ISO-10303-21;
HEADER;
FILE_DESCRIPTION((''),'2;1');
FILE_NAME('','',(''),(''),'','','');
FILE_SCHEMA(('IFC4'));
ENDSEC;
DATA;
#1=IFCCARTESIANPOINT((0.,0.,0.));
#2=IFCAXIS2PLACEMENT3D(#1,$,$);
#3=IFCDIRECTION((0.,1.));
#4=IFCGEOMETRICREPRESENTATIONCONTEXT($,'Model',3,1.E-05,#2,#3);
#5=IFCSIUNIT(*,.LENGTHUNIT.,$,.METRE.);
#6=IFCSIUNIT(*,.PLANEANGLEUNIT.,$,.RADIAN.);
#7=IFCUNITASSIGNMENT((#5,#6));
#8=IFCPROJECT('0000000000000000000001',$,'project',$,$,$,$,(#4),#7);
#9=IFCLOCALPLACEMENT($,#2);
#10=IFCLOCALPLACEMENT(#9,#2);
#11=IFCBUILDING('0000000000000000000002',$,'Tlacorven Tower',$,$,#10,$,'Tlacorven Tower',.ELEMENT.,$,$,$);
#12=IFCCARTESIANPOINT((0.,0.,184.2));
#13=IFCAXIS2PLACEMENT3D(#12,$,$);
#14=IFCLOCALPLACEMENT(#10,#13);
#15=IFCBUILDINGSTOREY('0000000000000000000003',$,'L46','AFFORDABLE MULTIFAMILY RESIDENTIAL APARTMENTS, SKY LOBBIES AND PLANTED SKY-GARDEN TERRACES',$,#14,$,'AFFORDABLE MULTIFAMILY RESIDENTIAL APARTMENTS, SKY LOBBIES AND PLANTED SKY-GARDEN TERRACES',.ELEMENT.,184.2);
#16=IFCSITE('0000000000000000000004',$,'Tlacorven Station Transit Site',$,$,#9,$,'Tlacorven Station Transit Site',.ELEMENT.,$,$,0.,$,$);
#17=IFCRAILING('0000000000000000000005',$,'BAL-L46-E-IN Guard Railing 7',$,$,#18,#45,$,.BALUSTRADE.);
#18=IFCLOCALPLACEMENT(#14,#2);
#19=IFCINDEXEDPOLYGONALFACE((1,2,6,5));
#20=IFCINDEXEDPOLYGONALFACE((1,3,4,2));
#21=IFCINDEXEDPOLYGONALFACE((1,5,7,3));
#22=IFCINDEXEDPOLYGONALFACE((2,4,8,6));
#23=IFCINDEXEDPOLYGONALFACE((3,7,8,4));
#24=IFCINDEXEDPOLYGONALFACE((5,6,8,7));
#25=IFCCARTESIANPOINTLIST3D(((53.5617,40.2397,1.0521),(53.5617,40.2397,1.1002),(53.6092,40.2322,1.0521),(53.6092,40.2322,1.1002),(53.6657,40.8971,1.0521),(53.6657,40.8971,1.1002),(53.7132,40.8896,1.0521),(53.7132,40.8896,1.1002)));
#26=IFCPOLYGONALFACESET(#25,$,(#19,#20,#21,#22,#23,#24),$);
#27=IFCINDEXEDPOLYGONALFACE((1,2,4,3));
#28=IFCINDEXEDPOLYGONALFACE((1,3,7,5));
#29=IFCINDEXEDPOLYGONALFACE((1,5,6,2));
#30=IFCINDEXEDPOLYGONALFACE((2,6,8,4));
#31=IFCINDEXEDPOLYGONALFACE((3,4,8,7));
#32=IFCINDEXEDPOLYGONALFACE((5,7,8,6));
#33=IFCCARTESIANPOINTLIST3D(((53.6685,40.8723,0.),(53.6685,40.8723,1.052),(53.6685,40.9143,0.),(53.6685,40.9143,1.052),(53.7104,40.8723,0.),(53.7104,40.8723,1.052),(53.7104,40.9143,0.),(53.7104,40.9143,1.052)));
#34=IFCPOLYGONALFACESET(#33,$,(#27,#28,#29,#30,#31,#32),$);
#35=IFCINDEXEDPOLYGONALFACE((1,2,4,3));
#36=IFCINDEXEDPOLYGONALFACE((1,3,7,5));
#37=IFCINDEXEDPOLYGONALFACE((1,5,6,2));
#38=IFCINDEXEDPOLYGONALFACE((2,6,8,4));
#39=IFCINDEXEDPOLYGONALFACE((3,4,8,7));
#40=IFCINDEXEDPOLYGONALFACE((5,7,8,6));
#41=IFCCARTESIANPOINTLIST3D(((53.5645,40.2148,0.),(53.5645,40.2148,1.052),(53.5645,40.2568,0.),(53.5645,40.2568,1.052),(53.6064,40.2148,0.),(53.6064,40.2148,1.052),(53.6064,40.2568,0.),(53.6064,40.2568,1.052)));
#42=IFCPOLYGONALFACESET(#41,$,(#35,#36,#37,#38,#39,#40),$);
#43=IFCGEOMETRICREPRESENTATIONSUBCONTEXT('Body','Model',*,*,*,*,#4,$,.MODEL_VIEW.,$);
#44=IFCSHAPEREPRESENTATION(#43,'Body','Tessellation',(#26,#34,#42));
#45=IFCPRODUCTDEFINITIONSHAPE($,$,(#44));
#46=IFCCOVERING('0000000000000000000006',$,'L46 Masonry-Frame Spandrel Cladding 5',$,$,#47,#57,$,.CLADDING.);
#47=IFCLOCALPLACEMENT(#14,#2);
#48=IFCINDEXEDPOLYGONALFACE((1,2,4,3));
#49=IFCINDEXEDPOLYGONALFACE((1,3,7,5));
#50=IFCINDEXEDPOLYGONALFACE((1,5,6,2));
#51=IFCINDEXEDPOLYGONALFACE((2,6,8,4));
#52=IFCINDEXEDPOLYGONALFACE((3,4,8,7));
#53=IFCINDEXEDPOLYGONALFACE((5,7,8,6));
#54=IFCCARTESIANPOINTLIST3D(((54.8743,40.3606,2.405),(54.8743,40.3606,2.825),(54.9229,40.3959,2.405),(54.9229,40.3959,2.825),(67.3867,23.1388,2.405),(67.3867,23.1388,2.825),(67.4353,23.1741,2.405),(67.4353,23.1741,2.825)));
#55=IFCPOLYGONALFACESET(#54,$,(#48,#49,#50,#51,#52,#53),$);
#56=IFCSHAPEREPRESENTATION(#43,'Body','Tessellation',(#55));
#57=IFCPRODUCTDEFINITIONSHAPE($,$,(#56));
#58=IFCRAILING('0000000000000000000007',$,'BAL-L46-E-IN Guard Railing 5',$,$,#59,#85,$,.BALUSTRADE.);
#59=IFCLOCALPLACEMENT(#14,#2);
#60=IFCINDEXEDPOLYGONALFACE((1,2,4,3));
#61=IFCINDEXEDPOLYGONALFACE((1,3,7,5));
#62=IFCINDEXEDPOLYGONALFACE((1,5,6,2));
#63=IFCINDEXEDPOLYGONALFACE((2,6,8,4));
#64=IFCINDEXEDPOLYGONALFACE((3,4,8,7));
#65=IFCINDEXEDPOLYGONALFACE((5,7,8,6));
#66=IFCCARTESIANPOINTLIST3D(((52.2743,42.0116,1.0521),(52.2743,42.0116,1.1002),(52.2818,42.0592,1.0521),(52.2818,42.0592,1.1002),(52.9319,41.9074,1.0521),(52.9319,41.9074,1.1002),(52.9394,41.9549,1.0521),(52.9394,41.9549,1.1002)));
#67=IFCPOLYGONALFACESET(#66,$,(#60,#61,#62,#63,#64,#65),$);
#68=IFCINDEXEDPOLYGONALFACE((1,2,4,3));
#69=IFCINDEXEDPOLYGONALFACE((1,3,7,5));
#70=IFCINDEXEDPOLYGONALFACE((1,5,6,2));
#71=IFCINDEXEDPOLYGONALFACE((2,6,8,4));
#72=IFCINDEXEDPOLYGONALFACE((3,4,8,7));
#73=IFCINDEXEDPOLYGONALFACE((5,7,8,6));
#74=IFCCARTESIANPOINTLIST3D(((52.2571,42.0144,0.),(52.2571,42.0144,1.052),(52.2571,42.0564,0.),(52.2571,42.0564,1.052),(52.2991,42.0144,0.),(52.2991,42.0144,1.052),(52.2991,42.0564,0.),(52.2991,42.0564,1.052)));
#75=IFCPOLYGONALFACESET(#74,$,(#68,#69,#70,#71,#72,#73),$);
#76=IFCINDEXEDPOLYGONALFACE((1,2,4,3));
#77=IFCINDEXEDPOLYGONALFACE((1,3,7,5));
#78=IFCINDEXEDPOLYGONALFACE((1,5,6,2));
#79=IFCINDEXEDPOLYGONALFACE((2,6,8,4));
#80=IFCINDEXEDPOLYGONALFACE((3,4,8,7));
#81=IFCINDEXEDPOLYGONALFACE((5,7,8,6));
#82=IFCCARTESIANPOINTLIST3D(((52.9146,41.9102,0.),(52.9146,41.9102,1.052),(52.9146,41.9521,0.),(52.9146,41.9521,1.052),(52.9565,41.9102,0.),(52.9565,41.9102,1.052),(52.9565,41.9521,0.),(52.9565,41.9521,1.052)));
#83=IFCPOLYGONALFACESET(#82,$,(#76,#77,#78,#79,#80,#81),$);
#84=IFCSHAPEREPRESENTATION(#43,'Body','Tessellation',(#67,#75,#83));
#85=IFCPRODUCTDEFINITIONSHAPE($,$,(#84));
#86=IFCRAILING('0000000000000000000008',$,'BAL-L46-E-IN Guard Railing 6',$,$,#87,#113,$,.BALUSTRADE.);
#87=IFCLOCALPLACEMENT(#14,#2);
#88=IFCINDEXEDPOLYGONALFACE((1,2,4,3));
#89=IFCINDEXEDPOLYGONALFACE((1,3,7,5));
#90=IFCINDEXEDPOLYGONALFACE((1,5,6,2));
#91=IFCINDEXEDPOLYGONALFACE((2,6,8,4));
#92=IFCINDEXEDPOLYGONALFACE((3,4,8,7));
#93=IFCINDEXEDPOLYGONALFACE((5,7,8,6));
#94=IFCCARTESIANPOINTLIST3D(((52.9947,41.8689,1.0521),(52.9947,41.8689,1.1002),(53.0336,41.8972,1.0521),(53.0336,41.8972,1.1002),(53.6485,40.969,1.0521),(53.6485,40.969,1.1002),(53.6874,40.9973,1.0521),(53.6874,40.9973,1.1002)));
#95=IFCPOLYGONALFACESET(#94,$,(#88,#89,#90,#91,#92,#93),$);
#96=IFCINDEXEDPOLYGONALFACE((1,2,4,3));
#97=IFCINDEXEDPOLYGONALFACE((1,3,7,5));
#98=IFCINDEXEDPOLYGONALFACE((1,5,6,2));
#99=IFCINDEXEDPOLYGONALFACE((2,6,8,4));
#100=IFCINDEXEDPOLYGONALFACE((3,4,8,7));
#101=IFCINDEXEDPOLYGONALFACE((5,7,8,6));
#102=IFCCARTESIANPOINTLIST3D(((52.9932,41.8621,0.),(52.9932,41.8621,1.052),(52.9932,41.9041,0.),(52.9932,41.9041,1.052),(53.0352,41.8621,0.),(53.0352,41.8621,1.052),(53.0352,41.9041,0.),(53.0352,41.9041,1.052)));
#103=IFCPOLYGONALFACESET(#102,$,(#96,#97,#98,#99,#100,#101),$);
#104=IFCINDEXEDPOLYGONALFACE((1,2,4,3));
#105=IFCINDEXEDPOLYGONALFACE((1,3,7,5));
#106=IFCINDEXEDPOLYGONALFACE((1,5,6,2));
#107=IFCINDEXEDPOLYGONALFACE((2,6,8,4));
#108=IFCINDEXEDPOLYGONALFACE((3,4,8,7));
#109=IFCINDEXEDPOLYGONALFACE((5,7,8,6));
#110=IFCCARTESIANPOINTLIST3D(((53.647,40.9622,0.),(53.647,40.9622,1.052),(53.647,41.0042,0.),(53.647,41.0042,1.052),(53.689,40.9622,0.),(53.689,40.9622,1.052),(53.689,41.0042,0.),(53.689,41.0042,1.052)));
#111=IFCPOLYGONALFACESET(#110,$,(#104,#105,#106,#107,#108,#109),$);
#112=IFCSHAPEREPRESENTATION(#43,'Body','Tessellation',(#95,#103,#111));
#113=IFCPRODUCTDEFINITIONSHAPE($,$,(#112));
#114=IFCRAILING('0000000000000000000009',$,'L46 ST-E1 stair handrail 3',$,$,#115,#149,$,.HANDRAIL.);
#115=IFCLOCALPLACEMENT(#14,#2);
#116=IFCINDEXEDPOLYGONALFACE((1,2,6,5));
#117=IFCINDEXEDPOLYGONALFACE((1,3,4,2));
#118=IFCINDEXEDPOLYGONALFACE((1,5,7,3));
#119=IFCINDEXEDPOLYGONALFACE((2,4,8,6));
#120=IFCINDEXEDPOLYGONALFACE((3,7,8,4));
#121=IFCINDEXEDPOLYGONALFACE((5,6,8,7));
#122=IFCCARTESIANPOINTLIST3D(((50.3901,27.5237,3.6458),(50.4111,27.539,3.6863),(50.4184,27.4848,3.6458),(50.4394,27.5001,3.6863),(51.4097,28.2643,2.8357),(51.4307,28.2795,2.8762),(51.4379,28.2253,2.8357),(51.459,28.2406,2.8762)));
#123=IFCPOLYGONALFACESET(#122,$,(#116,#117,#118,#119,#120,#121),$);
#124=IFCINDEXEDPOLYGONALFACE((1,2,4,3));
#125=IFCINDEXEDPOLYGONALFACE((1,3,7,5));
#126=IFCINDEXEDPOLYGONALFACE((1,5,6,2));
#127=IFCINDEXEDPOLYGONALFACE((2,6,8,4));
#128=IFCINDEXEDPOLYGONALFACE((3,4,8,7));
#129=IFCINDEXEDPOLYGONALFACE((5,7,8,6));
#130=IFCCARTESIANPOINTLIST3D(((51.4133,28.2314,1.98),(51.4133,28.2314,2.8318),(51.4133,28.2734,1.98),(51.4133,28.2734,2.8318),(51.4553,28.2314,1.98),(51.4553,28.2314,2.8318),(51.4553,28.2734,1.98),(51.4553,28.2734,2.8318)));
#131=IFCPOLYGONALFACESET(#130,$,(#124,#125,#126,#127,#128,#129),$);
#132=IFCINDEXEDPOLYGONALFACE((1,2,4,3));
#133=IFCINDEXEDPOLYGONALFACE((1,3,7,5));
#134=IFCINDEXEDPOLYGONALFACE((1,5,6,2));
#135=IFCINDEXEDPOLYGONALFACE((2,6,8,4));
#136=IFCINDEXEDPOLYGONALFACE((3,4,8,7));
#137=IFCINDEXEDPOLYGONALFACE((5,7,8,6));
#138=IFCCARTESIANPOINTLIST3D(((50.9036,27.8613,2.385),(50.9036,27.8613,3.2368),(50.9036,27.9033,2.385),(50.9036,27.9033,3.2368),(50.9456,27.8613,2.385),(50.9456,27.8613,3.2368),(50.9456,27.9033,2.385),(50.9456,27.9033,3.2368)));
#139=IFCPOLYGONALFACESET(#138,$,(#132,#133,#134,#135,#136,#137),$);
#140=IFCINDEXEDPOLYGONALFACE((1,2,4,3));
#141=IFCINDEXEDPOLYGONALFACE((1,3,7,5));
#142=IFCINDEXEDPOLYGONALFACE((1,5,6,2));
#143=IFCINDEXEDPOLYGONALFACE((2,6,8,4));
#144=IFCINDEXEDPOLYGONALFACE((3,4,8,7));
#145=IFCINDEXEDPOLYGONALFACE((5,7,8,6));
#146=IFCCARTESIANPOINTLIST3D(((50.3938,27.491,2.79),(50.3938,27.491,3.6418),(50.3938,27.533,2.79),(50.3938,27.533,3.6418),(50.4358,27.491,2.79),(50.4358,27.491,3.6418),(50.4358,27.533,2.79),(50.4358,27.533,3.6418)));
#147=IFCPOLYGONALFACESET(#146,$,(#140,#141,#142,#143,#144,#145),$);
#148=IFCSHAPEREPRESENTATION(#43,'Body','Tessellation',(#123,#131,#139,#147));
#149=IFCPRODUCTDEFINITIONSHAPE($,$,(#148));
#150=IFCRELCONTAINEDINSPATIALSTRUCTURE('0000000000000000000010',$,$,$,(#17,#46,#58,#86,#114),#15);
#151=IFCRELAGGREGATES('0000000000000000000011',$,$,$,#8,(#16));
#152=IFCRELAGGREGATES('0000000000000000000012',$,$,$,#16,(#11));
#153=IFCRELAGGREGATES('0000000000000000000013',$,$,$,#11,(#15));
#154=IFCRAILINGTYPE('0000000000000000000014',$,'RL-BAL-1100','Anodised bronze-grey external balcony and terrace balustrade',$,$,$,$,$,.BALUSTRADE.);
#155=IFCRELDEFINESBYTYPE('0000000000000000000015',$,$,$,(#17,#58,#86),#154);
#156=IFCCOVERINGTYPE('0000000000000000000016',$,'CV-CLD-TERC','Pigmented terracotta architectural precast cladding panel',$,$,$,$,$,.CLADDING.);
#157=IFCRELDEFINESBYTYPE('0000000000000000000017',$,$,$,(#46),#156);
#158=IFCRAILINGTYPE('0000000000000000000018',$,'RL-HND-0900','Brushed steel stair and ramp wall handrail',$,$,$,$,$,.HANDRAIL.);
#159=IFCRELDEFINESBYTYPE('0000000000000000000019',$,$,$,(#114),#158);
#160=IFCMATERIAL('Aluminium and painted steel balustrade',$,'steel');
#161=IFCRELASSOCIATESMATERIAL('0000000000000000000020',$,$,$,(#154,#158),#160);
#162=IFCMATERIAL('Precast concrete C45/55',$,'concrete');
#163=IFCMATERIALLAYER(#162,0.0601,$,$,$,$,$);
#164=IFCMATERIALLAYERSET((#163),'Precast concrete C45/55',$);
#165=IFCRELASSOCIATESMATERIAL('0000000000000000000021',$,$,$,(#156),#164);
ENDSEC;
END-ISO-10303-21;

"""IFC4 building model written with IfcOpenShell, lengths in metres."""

from ifc_helpers import new_model, si_unit, direction, frame, origin, origin_2d, place, context, subcontext, project, spatial, rectangle, extrude, source, transform, mapped, material, layer, layer_set, type_object, element, save


model = new_model("IFC4")

# Units and contexts
model_context = context("Model", 3, precision=1e-05, world=origin(), true_north=direction((0.0, 1.0)))
body_context = subcontext(model_context, "Body", "Model", "MODEL_VIEW")
ifc_project = project(units=[si_unit("LENGTHUNIT", "METRE"), si_unit("PLANEANGLEUNIT", "RADIAN")], contexts=[model_context])

# Site, building, storey
site_placement = place(None, origin())
site = spatial("IfcSite", under=ifc_project, at=site_placement, Name="Tlacorven Station Transit Site", LongName="Tlacorven Station Transit Site", CompositionType="ELEMENT", RefElevation=0.0)
building_placement = place(site_placement, origin())
building = spatial("IfcBuilding", under=site, at=building_placement, Name="Tlacorven Tower", LongName="Tlacorven Tower", CompositionType="ELEMENT")
storey_placement = place(building_placement, frame((0.0, 0.0, 184.2)))
storey = spatial("IfcBuildingStorey", under=building, at=storey_placement, Name="L46", Description="AFFORDABLE MULTIFAMILY RESIDENTIAL APARTMENTS, SKY LOBBIES AND PLANTED SKY-GARDEN TERRACES", LongName="AFFORDABLE MULTIFAMILY RESIDENTIAL APARTMENTS, SKY LOBBIES AND PLANTED SKY-GARDEN TERRACES", CompositionType="ELEMENT", Elevation=184.2)

# Shared definitions
ifc_material_1 = material(Name="Precast concrete C45/55", Category="concrete")

# Railing
ifc_material_2 = material(Name="Aluminium and painted steel balustrade", Category="steel")
railing_type_1 = type_object("IfcRailingType", Name="RL-BAL-1100", Description="Anodised bronze-grey external balcony and terrace balustrade", PredefinedType="BALUSTRADE", material=ifc_material_2)
shared_shape_1 = source(origin(), body_context, "Body", "SweptSolid", [
    extrude(rectangle(XDim=0.0481, YDim=0.0481, at=origin_2d()), frame((0.0, 0.0, 1.0762), z_axis=(-0.156245, -0.987718, 0.0), x_axis=(0.987718, -0.156245, 0.0)), (0.0, 0.0, 1.0), 0.6655),
    extrude(rectangle(XDim=0.042, YDim=0.042, at=origin_2d()), origin(), (0.0, 0.0, 1.0), 1.052),
    extrude(rectangle(XDim=0.042, YDim=0.042, at=origin_2d()), frame((-0.104, -0.6575, 0.0)), (0.0, 0.0, 1.0), 1.052),
])
railing_1_placement = place(storey_placement, frame((53.6895, 40.8933, 0.0)))
element("IfcRailing", 1, at=railing_1_placement, inside=storey, type_object=railing_type_1, Name="BAL-L46-E-IN Guard Railing 7", PredefinedType="BALUSTRADE", context=body_context, shape_type="MappedRepresentation", body=[
    mapped(shared_shape_1, transform((0.0, 0.0, 0.0), scale=1.0)),
])

# Covering
ifc_layer_1 = layer(ifc_material_1, 0.0601)
ifc_layer_set_1 = layer_set([ifc_layer_1], Name="Precast concrete C45/55")
covering_type = type_object("IfcCoveringType", Name="CV-CLD-TERC", Description="Pigmented terracotta architectural precast cladding panel", PredefinedType="CLADDING", material=ifc_layer_set_1)
shared_shape_2 = source(origin(), body_context, "Body", "SweptSolid", [
    extrude(rectangle(XDim=21.2874, YDim=0.0601, at=origin_2d()), origin(), (0.0, 0.0, 1.0), 0.4199),
])
covering_placement = place(storey_placement, frame((61.1548, 31.7673, 2.405), z_axis=(0.0, 0.0, 1.0), x_axis=(0.587785, -0.809017, 0.0)))
element("IfcCovering", 2, at=covering_placement, inside=storey, type_object=covering_type, Name="L46 Masonry-Frame Spandrel Cladding 5", PredefinedType="CLADDING", context=body_context, shape_type="MappedRepresentation", body=[
    mapped(shared_shape_2, transform((0.0, 0.0, 0.0), scale=1.0)),
])

# Railings
shared_shape_3 = source(origin(), body_context, "Body", "SweptSolid", [
    extrude(rectangle(XDim=0.0481, YDim=0.0481, at=origin_2d()), frame((0.0, 0.0, 1.0762), z_axis=(0.987662, -0.156603, 0.0), x_axis=(0.156603, 0.987662, 0.0)), (0.0, 0.0, 1.0), 0.6658),
    extrude(rectangle(XDim=0.042, YDim=0.042, at=origin_2d()), origin(), (0.0, 0.0, 1.0), 1.052),
    extrude(rectangle(XDim=0.042, YDim=0.042, at=origin_2d()), frame((0.6575, -0.1042, 0.0)), (0.0, 0.0, 1.0), 1.052),
])
railing_2_placement = place(storey_placement, frame((52.2781, 42.0354, 0.0)))
element("IfcRailing", 3, at=railing_2_placement, inside=storey, type_object=railing_type_1, Name="BAL-L46-E-IN Guard Railing 5", PredefinedType="BALUSTRADE", context=body_context, shape_type="MappedRepresentation", body=[
    mapped(shared_shape_3, transform((0.0, 0.0, 0.0), scale=1.0)),
])
shared_shape_4 = source(origin(), body_context, "Body", "SweptSolid", [
    extrude(rectangle(XDim=0.0481, YDim=0.0481, at=origin_2d()), frame((0.0, 0.0, 1.0762), z_axis=(0.58778, -0.809021, 0.0), x_axis=(0.809021, 0.58778, 0.0)), (0.0, 0.0, 1.0), 1.1123),
    extrude(rectangle(XDim=0.042, YDim=0.042, at=origin_2d()), origin(), (0.0, 0.0, 1.0), 1.052),
    extrude(rectangle(XDim=0.042, YDim=0.042, at=origin_2d()), frame((0.6538, -0.8999, 0.0)), (0.0, 0.0, 1.0), 1.052),
])
railing_3_placement = place(storey_placement, frame((53.0142, 41.8831, 0.0)))
element("IfcRailing", 4, at=railing_3_placement, inside=storey, type_object=railing_type_1, Name="BAL-L46-E-IN Guard Railing 6", PredefinedType="BALUSTRADE", context=body_context, shape_type="MappedRepresentation", body=[
    mapped(shared_shape_4, transform((0.0, 0.0, 0.0), scale=1.0)),
])
railing_type_2 = type_object("IfcRailingType", Name="RL-HND-0900", Description="Brushed steel stair and ramp wall handrail", PredefinedType="HANDRAIL", material=ifc_material_2)
shared_shape_5 = source(origin(), body_context, "Body", "SweptSolid", [
    extrude(rectangle(XDim=0.0481, YDim=0.0481, at=origin_2d()), frame((0.0, 0.0, 0.876), z_axis=(-0.680604, -0.494318, 0.540767), x_axis=(0.587653, -0.809113, 0.0)), (0.0, 0.0, 1.0), 1.498),
    extrude(rectangle(XDim=0.042, YDim=0.042, at=origin_2d()), origin(), (0.0, 0.0, 1.0), 0.8518),
    extrude(rectangle(XDim=0.042, YDim=0.042, at=origin_2d()), frame((-0.5098, -0.3701, 0.405)), (0.0, 0.0, 1.0), 0.8518),
    extrude(rectangle(XDim=0.042, YDim=0.042, at=origin_2d()), frame((-1.0195, -0.7405, 0.8101)), (0.0, 0.0, 1.0), 0.8518),
])
railing_4_placement = place(storey_placement, frame((51.4343, 28.2524, 1.98)))
element("IfcRailing", 5, at=railing_4_placement, inside=storey, type_object=railing_type_2, Name="L46 ST-E1 stair handrail 3", PredefinedType="HANDRAIL", context=body_context, shape_type="MappedRepresentation", body=[
    mapped(shared_shape_5, transform((0.0, 0.0, 0.0), scale=1.0)),
])

save(model, "model.ifc")
